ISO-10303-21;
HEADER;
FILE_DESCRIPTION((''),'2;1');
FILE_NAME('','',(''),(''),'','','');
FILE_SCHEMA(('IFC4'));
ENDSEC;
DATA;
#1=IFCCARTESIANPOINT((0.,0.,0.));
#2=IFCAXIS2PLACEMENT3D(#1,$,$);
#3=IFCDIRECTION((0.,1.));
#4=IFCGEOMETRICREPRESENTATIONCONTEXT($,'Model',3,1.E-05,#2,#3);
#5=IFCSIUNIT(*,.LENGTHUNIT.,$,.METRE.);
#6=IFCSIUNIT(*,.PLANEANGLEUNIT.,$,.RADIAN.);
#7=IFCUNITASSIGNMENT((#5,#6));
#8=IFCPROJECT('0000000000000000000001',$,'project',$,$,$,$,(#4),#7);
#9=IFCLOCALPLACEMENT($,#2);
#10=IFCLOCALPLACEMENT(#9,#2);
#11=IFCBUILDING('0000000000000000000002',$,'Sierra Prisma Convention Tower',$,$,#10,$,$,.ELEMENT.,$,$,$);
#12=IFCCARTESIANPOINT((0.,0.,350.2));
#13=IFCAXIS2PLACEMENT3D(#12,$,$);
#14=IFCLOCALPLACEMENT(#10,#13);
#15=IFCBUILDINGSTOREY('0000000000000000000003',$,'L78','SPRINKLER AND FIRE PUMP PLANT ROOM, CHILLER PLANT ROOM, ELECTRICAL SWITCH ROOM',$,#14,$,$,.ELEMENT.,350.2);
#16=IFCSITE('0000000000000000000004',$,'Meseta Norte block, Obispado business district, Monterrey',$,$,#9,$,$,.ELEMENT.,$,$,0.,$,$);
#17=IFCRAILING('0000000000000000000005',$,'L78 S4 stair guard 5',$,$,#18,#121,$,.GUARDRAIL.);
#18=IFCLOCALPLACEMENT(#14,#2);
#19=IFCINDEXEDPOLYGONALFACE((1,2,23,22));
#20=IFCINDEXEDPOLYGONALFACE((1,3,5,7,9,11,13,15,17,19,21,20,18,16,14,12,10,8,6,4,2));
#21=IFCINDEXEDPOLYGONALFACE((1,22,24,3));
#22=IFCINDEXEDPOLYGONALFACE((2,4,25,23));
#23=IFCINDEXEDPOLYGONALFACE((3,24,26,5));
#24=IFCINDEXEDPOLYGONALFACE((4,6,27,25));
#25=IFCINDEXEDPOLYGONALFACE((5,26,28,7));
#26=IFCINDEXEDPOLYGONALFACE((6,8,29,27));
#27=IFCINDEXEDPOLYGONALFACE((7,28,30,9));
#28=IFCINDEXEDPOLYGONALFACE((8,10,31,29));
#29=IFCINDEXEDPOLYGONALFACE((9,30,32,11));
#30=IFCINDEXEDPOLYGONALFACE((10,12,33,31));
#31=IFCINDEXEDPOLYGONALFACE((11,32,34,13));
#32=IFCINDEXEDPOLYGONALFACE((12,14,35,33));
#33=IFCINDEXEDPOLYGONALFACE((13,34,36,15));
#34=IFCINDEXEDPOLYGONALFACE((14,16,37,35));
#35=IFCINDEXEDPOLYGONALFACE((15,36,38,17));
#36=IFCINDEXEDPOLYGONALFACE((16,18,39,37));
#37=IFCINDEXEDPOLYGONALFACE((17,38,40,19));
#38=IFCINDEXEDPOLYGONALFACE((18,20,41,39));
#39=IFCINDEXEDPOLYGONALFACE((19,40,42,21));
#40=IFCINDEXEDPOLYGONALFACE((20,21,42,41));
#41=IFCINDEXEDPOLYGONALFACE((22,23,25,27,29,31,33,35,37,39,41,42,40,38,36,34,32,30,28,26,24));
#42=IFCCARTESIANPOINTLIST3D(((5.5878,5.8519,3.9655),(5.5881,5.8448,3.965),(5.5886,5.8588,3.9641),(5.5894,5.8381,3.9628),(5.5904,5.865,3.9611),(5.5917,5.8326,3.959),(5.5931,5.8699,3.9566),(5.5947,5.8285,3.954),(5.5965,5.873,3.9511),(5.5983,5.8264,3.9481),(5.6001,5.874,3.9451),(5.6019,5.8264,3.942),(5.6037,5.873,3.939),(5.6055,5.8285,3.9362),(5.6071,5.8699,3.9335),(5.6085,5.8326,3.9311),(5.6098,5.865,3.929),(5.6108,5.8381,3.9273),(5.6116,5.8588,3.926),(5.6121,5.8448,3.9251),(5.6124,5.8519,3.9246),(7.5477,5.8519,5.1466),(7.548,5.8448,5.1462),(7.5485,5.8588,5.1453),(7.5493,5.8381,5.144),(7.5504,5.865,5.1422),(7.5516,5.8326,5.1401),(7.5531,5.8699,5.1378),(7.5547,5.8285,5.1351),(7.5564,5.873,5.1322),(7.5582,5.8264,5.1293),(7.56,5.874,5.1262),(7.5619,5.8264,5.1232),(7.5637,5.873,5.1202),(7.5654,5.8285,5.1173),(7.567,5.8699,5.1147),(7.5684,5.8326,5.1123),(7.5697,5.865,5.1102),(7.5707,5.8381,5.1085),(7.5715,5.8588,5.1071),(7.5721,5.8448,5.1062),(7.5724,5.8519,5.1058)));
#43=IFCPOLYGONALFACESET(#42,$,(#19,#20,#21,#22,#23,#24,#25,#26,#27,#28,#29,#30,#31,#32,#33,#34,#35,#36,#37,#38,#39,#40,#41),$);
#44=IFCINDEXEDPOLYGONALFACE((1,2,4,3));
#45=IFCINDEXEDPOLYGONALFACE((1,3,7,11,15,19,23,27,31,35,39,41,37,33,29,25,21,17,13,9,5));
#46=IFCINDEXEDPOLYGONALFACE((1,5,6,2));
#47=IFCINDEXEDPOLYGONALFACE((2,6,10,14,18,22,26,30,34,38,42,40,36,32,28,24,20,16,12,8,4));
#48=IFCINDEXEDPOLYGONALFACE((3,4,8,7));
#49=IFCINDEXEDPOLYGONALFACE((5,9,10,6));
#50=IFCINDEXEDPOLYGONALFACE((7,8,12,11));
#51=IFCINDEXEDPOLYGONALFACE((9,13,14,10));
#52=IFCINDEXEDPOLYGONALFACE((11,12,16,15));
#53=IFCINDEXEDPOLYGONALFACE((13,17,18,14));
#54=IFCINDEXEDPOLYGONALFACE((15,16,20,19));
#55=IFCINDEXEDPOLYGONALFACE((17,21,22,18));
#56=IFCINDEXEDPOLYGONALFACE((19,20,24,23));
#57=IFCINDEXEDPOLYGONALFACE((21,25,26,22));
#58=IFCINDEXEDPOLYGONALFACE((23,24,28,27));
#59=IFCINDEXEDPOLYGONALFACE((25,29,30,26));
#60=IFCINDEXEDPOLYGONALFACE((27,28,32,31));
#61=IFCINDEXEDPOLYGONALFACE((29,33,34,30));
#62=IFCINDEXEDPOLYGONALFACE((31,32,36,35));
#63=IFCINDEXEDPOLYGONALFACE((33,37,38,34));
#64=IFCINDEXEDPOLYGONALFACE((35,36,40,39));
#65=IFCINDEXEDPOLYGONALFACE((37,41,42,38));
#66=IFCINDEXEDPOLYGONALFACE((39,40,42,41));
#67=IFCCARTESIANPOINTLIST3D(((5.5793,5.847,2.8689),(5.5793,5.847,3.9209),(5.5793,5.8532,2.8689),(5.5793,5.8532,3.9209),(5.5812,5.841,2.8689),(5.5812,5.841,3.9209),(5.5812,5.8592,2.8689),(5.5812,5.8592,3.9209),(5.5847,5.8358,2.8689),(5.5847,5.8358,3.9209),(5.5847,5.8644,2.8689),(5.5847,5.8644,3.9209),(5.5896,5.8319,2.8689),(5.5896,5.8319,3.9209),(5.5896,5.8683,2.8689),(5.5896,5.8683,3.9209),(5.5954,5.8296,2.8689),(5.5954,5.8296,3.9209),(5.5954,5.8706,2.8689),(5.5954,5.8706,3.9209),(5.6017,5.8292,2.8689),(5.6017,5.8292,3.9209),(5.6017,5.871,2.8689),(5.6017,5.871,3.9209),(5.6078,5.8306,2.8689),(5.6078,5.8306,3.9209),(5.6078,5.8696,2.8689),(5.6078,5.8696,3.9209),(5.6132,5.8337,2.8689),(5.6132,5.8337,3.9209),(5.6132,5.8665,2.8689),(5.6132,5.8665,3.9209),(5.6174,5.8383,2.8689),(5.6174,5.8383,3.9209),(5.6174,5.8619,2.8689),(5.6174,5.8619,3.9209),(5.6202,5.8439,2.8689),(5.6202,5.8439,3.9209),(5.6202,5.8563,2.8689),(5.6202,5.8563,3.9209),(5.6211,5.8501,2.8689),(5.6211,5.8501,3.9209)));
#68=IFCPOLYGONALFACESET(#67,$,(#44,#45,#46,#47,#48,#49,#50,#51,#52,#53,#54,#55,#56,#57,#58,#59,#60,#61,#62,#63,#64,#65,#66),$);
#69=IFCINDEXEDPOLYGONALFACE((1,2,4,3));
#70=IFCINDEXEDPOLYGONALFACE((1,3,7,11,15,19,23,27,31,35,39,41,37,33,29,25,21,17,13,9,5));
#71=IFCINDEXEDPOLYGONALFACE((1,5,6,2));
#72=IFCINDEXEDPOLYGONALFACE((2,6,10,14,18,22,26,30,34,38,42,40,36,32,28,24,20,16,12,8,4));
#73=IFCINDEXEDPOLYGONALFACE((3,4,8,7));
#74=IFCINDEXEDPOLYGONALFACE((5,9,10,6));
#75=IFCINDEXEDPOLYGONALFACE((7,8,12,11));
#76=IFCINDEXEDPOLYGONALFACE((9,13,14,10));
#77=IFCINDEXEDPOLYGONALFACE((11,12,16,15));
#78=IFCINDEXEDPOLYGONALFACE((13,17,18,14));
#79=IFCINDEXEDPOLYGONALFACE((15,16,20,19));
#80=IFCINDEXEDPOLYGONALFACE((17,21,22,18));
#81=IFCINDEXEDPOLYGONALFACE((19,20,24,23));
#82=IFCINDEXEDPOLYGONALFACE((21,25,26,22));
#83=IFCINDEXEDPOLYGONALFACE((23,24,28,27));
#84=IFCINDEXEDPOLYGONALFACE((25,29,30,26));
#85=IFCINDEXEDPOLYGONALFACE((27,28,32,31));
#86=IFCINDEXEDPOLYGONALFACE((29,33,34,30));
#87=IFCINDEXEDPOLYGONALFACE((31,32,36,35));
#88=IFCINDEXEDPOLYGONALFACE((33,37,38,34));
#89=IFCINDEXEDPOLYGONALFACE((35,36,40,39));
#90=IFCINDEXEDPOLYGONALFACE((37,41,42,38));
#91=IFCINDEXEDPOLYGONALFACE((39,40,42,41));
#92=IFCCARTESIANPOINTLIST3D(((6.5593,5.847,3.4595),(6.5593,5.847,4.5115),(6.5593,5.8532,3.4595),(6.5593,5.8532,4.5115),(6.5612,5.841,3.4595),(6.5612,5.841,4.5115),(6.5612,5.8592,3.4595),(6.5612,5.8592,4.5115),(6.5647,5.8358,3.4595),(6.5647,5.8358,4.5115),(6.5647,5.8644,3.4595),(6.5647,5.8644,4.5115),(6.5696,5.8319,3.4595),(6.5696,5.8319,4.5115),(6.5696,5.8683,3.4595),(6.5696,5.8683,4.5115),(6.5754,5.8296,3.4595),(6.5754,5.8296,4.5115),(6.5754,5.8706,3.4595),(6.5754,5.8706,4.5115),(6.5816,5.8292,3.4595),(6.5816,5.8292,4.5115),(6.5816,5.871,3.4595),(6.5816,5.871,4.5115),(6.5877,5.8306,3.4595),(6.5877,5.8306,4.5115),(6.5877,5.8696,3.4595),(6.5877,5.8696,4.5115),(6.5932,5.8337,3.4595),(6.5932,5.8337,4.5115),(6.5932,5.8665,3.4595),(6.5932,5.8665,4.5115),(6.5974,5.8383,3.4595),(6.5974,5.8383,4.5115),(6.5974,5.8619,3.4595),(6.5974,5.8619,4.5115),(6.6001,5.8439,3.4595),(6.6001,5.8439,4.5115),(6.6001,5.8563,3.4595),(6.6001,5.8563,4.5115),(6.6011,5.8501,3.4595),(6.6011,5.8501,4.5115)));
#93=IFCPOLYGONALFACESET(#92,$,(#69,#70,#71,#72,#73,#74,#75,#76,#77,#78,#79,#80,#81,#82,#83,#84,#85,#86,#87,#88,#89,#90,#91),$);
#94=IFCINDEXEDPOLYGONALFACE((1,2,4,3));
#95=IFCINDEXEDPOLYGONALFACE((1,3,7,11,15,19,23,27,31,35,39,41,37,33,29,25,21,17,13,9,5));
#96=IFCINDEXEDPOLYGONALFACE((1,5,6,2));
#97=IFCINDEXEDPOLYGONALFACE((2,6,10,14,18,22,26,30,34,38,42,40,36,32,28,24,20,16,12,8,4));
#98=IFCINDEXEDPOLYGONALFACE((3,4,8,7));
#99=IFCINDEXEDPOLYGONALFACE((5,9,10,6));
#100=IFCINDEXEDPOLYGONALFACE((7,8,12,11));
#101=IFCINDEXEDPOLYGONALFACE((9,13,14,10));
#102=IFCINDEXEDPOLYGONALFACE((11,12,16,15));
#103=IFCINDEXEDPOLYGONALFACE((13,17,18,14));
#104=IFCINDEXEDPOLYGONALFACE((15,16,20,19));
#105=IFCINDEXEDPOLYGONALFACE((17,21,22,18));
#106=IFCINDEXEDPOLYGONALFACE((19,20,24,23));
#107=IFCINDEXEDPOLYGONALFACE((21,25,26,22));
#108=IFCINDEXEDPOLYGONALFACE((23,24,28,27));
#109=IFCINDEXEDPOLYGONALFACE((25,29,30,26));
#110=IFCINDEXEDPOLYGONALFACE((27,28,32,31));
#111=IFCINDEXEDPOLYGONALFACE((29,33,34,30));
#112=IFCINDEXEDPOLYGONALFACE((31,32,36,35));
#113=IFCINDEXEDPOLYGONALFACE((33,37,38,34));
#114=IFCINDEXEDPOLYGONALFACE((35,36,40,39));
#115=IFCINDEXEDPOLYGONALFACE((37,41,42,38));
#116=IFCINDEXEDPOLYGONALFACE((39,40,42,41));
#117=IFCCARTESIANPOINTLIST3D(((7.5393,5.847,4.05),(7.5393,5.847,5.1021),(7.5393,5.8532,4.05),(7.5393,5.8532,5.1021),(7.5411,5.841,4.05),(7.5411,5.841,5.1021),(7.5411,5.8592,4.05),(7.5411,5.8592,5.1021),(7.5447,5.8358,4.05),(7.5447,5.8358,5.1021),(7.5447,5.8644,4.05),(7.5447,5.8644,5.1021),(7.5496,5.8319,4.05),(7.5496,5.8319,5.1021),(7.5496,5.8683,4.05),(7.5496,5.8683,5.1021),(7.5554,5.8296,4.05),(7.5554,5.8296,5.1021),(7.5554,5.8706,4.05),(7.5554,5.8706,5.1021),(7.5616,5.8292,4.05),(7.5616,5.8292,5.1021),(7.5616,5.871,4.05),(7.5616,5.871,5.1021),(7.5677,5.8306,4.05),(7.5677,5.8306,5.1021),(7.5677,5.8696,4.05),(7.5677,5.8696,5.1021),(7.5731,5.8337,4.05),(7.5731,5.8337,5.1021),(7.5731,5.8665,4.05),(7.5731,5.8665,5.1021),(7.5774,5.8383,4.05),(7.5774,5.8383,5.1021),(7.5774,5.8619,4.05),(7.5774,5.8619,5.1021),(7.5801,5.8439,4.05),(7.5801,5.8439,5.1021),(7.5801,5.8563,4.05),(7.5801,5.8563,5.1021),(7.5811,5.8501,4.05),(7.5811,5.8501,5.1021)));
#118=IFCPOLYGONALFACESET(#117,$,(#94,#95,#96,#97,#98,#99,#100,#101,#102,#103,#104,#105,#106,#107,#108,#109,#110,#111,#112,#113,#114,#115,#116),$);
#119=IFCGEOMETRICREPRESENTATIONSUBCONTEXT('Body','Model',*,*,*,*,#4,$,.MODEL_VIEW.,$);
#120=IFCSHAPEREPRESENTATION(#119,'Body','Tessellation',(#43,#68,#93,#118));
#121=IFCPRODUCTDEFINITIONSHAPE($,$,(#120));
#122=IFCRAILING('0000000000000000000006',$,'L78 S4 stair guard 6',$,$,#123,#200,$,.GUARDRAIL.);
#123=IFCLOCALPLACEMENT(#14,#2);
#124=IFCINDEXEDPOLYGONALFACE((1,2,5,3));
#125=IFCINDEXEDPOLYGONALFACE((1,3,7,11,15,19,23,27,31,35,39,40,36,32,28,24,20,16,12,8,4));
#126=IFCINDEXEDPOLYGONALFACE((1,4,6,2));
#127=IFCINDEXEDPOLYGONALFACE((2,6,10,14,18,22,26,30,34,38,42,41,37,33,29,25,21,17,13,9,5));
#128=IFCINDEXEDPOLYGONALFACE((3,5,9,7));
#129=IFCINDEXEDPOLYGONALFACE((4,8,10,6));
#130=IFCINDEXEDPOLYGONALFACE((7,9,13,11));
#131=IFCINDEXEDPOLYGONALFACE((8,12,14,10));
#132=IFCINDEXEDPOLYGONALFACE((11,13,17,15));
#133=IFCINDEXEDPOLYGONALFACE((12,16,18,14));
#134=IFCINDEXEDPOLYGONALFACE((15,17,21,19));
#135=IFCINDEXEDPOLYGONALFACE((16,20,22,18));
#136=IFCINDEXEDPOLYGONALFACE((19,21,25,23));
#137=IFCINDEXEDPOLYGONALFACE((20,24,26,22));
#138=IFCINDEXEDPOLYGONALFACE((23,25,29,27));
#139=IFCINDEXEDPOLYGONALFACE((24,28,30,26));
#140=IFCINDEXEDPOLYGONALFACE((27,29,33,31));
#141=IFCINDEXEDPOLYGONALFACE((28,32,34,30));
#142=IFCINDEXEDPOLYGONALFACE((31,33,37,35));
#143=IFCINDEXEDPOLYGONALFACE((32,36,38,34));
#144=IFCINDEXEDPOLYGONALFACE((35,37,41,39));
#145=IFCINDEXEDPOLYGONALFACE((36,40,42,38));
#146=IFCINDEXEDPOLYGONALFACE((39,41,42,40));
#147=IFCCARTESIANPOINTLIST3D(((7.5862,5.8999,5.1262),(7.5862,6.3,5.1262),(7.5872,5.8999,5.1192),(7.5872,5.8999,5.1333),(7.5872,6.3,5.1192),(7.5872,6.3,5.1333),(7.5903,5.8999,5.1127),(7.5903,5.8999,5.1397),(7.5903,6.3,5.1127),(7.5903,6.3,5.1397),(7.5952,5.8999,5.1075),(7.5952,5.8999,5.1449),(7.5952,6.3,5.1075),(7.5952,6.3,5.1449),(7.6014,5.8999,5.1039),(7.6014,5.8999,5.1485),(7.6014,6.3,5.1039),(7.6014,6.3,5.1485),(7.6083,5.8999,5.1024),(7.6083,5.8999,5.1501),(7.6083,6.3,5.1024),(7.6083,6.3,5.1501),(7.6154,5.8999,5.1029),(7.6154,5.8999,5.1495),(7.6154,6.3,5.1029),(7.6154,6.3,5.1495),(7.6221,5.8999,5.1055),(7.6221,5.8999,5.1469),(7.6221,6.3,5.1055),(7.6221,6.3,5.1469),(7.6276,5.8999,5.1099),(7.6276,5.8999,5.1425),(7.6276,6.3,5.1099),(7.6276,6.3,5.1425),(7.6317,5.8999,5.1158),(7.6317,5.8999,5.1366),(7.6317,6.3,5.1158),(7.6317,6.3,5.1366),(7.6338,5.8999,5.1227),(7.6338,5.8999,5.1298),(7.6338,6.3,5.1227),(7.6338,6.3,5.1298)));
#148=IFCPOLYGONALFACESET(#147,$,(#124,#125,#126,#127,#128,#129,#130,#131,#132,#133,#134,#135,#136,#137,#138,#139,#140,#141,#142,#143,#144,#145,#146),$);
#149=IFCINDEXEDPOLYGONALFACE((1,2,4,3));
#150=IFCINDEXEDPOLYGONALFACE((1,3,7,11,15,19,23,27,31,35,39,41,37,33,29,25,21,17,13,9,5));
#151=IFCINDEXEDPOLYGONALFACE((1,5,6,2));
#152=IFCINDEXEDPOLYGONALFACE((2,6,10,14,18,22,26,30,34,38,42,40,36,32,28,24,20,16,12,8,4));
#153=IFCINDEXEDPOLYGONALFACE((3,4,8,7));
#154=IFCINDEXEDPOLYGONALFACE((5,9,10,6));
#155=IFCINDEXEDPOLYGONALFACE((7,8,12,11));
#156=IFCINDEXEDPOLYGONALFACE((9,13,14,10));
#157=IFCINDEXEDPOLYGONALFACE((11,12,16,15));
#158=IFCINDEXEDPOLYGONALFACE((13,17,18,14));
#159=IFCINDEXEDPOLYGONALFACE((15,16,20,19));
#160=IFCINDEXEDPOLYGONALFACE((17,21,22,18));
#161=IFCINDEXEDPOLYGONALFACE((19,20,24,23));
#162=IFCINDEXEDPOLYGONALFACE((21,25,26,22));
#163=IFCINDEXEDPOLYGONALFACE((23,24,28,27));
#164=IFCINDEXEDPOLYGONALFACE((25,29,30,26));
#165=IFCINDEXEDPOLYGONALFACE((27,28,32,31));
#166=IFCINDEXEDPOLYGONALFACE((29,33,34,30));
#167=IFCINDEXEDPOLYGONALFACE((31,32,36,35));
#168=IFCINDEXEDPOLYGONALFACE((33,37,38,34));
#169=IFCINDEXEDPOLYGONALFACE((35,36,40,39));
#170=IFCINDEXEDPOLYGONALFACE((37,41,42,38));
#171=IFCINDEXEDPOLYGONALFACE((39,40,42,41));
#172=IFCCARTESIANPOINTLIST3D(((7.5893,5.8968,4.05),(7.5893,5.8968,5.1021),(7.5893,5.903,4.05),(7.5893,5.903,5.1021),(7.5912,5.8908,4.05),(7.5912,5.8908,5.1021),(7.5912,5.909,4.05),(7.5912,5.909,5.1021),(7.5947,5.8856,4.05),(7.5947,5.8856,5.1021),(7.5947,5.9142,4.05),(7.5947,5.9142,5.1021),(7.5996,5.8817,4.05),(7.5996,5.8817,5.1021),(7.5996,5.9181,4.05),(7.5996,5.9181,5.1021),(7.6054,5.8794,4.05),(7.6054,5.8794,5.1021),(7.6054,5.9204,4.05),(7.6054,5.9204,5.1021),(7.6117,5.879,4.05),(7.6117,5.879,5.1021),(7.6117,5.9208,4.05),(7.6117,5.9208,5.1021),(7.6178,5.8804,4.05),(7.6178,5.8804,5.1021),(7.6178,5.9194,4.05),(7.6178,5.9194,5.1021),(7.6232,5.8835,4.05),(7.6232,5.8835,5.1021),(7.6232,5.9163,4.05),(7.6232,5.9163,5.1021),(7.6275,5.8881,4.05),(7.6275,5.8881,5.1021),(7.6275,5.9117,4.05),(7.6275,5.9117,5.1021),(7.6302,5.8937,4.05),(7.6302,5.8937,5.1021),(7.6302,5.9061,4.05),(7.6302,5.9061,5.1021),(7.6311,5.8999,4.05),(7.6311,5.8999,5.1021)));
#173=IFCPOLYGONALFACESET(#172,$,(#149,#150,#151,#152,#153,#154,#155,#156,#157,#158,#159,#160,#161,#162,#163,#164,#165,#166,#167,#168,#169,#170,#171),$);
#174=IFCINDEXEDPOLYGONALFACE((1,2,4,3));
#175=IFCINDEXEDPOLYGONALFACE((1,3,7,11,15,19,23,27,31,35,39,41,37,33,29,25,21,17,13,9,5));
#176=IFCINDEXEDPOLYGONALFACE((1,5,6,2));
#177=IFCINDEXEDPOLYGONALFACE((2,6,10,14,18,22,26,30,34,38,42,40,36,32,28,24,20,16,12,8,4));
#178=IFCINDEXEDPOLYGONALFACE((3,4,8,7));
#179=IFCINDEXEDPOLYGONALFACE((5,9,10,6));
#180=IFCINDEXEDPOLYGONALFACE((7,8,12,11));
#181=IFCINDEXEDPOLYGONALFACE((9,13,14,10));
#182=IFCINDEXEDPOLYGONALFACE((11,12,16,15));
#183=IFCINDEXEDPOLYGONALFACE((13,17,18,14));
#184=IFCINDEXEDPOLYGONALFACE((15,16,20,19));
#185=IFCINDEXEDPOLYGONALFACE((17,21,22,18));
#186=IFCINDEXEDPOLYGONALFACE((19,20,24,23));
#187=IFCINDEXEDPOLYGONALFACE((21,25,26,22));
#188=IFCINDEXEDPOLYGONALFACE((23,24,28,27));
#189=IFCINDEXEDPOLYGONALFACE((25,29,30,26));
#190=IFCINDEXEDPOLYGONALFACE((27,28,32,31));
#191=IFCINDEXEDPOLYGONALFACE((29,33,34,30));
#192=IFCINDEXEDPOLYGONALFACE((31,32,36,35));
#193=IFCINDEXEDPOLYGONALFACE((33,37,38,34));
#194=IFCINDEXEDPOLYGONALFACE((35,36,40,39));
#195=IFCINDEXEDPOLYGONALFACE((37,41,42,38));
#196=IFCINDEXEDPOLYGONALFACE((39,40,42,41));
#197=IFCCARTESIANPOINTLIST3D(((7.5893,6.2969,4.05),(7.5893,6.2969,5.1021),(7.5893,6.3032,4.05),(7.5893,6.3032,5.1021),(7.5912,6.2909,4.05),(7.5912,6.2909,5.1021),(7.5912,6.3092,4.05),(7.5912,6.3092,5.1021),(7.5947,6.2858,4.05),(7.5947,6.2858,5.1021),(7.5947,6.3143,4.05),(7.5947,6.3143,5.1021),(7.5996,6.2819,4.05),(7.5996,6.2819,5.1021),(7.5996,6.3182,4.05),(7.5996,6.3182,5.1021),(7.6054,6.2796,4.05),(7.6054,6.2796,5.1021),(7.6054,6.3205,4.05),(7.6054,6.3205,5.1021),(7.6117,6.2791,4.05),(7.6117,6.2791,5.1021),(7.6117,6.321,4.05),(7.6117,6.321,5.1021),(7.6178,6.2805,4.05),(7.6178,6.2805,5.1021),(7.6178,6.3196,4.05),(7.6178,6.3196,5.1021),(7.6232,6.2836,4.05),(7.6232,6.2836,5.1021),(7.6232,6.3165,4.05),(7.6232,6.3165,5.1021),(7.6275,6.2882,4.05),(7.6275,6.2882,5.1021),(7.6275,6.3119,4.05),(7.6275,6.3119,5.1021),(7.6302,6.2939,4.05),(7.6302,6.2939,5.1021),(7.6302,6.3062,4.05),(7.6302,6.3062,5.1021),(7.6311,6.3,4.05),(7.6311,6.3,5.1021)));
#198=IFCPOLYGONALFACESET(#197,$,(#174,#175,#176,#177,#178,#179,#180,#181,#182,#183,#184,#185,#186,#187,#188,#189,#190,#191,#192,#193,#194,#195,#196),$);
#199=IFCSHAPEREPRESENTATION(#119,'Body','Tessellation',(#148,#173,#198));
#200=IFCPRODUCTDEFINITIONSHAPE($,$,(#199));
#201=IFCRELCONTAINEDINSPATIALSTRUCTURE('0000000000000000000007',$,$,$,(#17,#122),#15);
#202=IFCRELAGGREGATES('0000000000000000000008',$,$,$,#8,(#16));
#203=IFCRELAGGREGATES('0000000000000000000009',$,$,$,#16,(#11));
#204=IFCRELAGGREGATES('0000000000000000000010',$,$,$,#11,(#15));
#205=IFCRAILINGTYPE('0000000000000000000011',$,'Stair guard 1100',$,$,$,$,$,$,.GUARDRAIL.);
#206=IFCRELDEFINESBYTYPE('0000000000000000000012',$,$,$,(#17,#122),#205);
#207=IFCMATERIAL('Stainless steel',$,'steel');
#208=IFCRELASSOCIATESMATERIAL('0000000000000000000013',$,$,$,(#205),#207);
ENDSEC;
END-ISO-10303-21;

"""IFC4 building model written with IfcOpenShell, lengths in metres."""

from ifc_helpers import new_model, si_unit, direction, frame, origin, origin_2d, place, context, subcontext, project, spatial, circle, extrude, material, type_object, element, save


model = new_model("IFC4")

# Units and contexts
model_context = context("Model", 3, precision=1e-05, world=origin(), true_north=direction((0.0, 1.0)))
body_context = subcontext(model_context, "Body", "Model", "MODEL_VIEW")
ifc_project = project(units=[si_unit("LENGTHUNIT", "METRE"), si_unit("PLANEANGLEUNIT", "RADIAN")], contexts=[model_context])

# Site, building, storey
site_placement = place(None, origin())
site = spatial("IfcSite", under=ifc_project, at=site_placement, Name="Meseta Norte block, Obispado business district, Monterrey", CompositionType="ELEMENT", RefElevation=0.0)
building_placement = place(site_placement, origin())
building = spatial("IfcBuilding", under=site, at=building_placement, Name="Sierra Prisma Convention Tower", CompositionType="ELEMENT")
storey_placement = place(building_placement, frame((0.0, 0.0, 350.2)))
storey = spatial("IfcBuildingStorey", under=building, at=storey_placement, Name="L78", Description="SPRINKLER AND FIRE PUMP PLANT ROOM, CHILLER PLANT ROOM, ELECTRICAL SWITCH ROOM", CompositionType="ELEMENT", Elevation=350.2)

# Railings
ifc_material_1 = material(Name="Stainless steel", Category="steel")
railing_type_1 = type_object("IfcRailingType", Name="Stair guard 1100", PredefinedType="GUARDRAIL", material=ifc_material_1)
railing_1_placement = place(storey_placement, frame((5.6001, 5.8501, 2.8689)))
element("IfcRailing", 1, at=railing_1_placement, inside=storey, type_object=railing_type_1, Name="L78 S4 stair guard 5", PredefinedType="GUARDRAIL", context=body_context, shape_type="SweptSolid", body=[
    extrude(circle(Radius=0.0239, at=origin_2d()), frame((0.0, 0.0, 1.0762), z_axis=(0.856493, 0.0, 0.516158), x_axis=(0.0, 1.0, 0.0)), (0.0, 0.0, 1.0), 2.2883),
    extrude(circle(Radius=0.021, at=origin_2d()), origin(), (0.0, 0.0, 1.0), 1.052),
    extrude(circle(Radius=0.021, at=origin_2d()), frame((0.98, 0.0, 0.5906)), (0.0, 0.0, 1.0), 1.052),
    extrude(circle(Radius=0.021, at=origin_2d()), frame((1.96, 0.0, 1.1812)), (0.0, 0.0, 1.0), 1.052),
])
railing_2_placement = place(storey_placement, frame((7.6101, 5.8999, 4.05)))
element("IfcRailing", 2, at=railing_2_placement, inside=storey, type_object=railing_type_1, Name="L78 S4 stair guard 6", PredefinedType="GUARDRAIL", context=body_context, shape_type="SweptSolid", body=[
    extrude(circle(Radius=0.0239, at=origin_2d()), frame((0.0, 0.0, 1.0762), z_axis=(0.0, 1.0, 0.0), x_axis=(-1.0, 0.0, 0.0)), (0.0, 0.0, 1.0), 0.4001),
    extrude(circle(Radius=0.021, at=origin_2d()), origin(), (0.0, 0.0, 1.0), 1.052),
    extrude(circle(Radius=0.021, at=origin_2d()), frame((0.0, 0.4001, 0.0)), (0.0, 0.0, 1.0), 1.052),
])

save(model, "model.ifc")
